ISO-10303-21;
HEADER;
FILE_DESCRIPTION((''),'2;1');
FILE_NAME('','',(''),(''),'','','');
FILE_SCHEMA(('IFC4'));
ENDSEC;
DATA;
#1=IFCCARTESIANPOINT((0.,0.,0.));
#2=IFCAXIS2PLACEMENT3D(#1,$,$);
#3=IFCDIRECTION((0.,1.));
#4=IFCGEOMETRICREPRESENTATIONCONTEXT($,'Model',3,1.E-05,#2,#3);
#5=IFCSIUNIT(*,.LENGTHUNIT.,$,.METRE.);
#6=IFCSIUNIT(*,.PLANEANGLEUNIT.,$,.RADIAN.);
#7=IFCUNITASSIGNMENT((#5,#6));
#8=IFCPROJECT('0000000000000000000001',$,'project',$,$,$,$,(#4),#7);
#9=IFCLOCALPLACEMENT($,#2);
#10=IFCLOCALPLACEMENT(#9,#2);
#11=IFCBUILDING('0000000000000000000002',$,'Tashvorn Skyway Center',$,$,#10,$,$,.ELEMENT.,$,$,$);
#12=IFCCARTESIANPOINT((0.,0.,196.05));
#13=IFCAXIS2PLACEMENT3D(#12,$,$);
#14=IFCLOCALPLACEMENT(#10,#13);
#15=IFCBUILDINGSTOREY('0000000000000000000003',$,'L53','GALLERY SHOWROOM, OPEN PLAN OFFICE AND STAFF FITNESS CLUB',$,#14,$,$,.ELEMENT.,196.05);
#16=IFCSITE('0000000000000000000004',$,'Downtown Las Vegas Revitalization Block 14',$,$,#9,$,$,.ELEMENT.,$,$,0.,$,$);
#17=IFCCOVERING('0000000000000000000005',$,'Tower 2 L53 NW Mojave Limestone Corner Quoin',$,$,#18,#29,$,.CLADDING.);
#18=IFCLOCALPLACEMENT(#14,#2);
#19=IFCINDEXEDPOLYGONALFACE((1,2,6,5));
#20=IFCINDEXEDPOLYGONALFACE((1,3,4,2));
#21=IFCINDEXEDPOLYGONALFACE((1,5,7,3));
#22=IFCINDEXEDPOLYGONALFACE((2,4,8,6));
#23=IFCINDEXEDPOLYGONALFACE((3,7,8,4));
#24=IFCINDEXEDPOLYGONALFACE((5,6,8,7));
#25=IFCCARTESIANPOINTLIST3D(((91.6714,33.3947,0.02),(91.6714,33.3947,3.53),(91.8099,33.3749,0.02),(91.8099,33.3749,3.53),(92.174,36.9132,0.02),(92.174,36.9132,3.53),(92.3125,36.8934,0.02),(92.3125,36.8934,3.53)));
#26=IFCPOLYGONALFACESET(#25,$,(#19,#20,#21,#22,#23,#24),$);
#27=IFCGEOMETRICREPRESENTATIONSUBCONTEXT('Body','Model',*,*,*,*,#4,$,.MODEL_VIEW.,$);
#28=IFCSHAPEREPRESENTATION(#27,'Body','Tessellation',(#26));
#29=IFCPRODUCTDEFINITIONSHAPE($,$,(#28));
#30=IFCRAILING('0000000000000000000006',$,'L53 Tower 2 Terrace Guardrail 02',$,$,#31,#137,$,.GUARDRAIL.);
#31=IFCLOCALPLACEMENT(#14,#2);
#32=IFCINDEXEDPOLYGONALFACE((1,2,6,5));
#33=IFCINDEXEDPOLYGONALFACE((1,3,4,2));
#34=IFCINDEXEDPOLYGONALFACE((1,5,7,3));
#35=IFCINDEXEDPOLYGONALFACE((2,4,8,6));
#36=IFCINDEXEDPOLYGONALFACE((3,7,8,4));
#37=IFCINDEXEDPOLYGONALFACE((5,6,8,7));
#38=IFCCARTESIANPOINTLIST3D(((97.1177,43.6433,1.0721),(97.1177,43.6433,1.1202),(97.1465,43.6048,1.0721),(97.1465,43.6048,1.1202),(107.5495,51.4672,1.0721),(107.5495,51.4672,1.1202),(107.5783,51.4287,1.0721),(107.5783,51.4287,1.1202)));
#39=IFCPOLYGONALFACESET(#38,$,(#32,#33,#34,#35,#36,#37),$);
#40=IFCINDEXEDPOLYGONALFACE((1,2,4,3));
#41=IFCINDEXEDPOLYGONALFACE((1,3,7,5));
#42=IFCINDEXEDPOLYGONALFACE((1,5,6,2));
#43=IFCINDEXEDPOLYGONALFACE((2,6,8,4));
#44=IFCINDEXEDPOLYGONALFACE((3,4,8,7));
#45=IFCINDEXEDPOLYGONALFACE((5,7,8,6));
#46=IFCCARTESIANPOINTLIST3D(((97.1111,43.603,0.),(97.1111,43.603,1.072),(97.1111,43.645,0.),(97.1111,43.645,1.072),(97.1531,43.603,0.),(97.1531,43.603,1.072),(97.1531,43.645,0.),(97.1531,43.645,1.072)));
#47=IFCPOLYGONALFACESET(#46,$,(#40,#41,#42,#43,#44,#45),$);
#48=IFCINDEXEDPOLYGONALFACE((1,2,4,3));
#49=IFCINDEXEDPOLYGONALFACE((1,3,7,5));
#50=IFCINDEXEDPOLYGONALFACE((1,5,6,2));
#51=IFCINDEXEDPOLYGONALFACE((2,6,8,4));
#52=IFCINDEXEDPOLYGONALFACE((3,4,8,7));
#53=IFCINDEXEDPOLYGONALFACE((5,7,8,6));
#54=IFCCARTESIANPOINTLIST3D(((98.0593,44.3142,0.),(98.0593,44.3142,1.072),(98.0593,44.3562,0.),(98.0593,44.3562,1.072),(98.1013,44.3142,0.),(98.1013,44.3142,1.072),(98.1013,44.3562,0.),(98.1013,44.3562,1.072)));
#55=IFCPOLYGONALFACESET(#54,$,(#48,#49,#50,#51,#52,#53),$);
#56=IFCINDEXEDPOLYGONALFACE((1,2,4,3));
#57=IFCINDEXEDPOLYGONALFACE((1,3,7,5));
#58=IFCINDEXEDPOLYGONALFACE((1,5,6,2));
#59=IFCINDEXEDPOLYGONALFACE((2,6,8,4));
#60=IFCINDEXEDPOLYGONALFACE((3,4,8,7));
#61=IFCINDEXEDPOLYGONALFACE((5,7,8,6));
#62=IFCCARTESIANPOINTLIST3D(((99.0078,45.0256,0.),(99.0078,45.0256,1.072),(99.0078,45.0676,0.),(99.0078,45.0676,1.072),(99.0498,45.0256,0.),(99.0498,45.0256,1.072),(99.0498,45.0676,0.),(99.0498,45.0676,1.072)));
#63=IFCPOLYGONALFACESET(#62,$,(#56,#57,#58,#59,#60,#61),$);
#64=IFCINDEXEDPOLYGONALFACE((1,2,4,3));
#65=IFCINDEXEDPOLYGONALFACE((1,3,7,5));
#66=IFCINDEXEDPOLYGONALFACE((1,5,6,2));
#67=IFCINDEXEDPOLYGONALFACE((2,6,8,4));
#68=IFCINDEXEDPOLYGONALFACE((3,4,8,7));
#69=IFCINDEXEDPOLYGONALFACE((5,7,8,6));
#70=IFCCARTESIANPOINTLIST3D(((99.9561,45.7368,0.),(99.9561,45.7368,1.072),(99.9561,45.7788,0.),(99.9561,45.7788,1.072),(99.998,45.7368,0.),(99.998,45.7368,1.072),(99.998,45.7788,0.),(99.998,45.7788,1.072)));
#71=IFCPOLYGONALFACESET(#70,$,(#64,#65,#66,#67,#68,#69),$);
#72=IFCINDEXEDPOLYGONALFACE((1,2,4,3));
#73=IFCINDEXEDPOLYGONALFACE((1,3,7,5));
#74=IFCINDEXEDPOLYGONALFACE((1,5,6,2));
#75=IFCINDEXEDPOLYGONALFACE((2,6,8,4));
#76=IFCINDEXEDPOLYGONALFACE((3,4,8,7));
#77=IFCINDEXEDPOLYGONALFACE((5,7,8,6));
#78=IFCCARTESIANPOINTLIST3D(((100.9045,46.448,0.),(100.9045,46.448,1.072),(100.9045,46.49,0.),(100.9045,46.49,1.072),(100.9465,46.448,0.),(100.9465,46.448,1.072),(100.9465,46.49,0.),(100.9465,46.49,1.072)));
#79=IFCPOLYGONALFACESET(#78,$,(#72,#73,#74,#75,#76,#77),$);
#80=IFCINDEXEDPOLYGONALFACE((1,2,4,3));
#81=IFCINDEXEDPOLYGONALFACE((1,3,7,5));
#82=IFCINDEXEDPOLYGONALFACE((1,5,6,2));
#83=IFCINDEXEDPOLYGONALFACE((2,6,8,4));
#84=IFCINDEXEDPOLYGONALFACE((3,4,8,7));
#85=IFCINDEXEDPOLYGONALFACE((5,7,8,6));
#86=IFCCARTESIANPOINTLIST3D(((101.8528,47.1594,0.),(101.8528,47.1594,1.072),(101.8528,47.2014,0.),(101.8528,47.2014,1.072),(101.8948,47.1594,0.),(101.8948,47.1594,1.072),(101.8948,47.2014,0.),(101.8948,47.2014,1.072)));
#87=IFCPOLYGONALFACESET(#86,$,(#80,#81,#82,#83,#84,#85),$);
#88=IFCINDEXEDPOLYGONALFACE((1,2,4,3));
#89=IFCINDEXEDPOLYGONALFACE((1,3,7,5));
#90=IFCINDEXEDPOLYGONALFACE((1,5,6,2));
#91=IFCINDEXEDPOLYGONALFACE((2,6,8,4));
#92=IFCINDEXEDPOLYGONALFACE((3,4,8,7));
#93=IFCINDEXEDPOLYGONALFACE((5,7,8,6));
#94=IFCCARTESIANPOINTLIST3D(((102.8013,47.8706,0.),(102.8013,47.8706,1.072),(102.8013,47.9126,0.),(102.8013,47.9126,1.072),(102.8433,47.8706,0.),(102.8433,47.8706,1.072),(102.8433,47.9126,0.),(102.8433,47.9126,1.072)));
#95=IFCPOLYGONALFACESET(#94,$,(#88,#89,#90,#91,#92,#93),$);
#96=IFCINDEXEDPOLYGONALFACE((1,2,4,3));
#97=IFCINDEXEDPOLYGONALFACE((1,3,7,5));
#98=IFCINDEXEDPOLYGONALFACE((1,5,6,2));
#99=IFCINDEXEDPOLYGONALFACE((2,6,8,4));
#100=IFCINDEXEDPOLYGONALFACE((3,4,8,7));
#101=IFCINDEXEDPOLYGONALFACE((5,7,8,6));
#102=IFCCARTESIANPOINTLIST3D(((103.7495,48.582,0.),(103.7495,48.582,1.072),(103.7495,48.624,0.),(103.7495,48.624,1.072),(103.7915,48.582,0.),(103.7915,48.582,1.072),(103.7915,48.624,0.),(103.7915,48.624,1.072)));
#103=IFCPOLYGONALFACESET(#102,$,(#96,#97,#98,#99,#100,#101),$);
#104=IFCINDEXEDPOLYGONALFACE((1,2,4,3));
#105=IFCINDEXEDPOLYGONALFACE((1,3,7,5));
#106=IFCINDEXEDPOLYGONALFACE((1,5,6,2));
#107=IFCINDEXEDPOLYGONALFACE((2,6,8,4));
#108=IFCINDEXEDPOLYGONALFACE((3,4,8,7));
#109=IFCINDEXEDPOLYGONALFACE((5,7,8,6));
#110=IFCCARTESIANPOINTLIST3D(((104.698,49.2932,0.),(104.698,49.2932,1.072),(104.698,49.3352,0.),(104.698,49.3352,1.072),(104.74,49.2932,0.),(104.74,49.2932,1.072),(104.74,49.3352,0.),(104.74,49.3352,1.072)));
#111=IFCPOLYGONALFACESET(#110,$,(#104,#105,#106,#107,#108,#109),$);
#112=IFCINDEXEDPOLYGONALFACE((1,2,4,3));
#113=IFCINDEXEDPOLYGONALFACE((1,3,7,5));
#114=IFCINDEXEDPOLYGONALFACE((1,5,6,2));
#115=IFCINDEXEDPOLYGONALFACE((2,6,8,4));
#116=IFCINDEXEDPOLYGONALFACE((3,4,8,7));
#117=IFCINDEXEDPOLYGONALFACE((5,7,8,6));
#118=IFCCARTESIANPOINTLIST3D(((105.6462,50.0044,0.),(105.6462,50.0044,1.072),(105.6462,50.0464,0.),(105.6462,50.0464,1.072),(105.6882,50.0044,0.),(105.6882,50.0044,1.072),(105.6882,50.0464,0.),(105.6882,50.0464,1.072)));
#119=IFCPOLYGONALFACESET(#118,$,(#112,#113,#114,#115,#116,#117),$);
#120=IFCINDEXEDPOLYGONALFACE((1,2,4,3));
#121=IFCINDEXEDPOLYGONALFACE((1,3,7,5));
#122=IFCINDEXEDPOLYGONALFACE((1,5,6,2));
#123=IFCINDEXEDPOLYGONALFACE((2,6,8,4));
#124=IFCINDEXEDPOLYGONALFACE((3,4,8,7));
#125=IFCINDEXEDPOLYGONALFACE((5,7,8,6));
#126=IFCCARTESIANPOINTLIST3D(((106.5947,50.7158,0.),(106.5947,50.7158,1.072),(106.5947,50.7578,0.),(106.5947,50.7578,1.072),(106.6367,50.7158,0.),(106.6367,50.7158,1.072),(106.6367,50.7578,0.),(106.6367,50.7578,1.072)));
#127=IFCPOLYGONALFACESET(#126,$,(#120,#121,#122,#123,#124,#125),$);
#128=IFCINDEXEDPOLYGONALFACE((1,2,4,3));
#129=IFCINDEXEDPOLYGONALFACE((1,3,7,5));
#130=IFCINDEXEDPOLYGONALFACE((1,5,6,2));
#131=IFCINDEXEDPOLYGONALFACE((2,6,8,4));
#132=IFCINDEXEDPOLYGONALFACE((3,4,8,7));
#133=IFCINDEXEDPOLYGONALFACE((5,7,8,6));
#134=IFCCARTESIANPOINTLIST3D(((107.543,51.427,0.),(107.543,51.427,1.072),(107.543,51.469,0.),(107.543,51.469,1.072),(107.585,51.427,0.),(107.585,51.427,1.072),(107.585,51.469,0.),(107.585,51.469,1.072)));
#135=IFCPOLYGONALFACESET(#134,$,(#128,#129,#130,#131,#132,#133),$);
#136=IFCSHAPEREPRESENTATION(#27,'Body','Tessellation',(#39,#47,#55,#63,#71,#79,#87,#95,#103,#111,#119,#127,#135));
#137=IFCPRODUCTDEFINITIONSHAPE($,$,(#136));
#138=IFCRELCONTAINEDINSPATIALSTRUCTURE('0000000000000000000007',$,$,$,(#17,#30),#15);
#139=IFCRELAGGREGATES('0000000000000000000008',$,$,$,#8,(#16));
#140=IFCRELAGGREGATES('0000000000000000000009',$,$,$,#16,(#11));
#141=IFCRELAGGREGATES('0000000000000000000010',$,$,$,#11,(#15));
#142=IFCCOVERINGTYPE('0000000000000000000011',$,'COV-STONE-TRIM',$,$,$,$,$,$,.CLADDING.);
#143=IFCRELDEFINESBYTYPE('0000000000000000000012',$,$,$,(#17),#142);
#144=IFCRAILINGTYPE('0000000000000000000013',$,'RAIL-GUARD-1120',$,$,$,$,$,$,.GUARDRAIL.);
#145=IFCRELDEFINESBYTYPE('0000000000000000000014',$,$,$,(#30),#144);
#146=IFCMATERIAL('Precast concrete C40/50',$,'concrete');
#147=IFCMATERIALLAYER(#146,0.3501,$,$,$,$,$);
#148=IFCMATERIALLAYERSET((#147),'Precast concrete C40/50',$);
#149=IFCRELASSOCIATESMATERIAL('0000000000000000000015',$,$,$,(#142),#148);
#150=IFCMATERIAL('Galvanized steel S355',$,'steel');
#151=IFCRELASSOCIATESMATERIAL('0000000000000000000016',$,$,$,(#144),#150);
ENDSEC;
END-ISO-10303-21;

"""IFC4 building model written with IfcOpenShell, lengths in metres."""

from ifc_helpers import new_model, si_unit, direction, frame, origin, origin_2d, place, context, subcontext, project, spatial, rectangle, extrude, material, layer, layer_set, type_object, element, save


model = new_model("IFC4")

# Units and contexts
model_context = context("Model", 3, precision=1e-05, world=origin(), true_north=direction((0.0, 1.0)))
body_context = subcontext(model_context, "Body", "Model", "MODEL_VIEW")
ifc_project = project(units=[si_unit("LENGTHUNIT", "METRE"), si_unit("PLANEANGLEUNIT", "RADIAN")], contexts=[model_context])

# Site, building, storey
site_placement = place(None, origin())
site = spatial("IfcSite", under=ifc_project, at=site_placement, Name="Downtown Las Vegas Revitalization Block 14", CompositionType="ELEMENT", RefElevation=0.0)
building_placement = place(site_placement, origin())
building = spatial("IfcBuilding", under=site, at=building_placement, Name="Tashvorn Skyway Center", CompositionType="ELEMENT")
storey_placement = place(building_placement, frame((0.0, 0.0, 196.05)))
storey = spatial("IfcBuildingStorey", under=building, at=storey_placement, Name="L53", Description="GALLERY SHOWROOM, OPEN PLAN OFFICE AND STAFF FITNESS CLUB", CompositionType="ELEMENT", Elevation=196.05)

# Shared definitions
ifc_material_1 = material(Name="Precast concrete C40/50", Category="concrete")

# Covering
ifc_layer_1 = layer(ifc_material_1, 0.3501)
ifc_layer_set_1 = layer_set([ifc_layer_1], Name="Precast concrete C40/50")
covering_type_1 = type_object("IfcCoveringType", Name="COV-STONE-TRIM", PredefinedType="CLADDING", material=ifc_layer_set_1)
covering_1_placement = place(storey_placement, frame((91.9919, 35.144, 0.02), z_axis=(0.0, 0.0, 1.0), x_axis=(-0.141421, -0.989949, 0.0)))
element("IfcCovering", 1, at=covering_1_placement, inside=storey, type_object=covering_type_1, Name="Tower 2 L53 NW Mojave Limestone Corner Quoin", PredefinedType="CLADDING", context=body_context, shape_type="SweptSolid", body=[
    extrude(rectangle(XDim=3.5542, YDim=0.1399, at=origin_2d()), origin(), (0.0, 0.0, 1.0), 3.51),
])

# Railing
ifc_material_2 = material(Name="Galvanized steel S355", Category="steel")
railing_type = type_object("IfcRailingType", Name="RAIL-GUARD-1120", PredefinedType="GUARDRAIL", material=ifc_material_2)
railing_placement = place(storey_placement, frame((97.1321, 43.624, 0.0)))
element("IfcRailing", 2, at=railing_placement, inside=storey, type_object=railing_type, Name="L53 Tower 2 Terrace Guardrail 02", PredefinedType="GUARDRAIL", context=body_context, shape_type="SweptSolid", body=[
    extrude(rectangle(XDim=0.0481, YDim=0.0481, at=origin_2d()), frame((0.0, 0.0, 1.0962), z_axis=(0.799998, 0.600003, 0.0), x_axis=(-0.600003, 0.799998, 0.0)), (0.0, 0.0, 1.0), 13.0398),
    extrude(rectangle(XDim=0.042, YDim=0.042, at=origin_2d()), origin(), (0.0, 0.0, 1.0), 1.072),
    extrude(rectangle(XDim=0.042, YDim=0.042, at=origin_2d()), frame((0.9482, 0.7112, 0.0)), (0.0, 0.0, 1.0), 1.072),
    extrude(rectangle(XDim=0.042, YDim=0.042, at=origin_2d()), frame((1.8967, 1.4226, 0.0)), (0.0, 0.0, 1.0), 1.072),
    extrude(rectangle(XDim=0.042, YDim=0.042, at=origin_2d()), frame((2.845, 2.1338, 0.0)), (0.0, 0.0, 1.0), 1.072),
    extrude(rectangle(XDim=0.042, YDim=0.042, at=origin_2d()), frame((3.7935, 2.845, 0.0)), (0.0, 0.0, 1.0), 1.072),
    extrude(rectangle(XDim=0.042, YDim=0.042, at=origin_2d()), frame((4.7417, 3.5564, 0.0)), (0.0, 0.0, 1.0), 1.072),
    extrude(rectangle(XDim=0.042, YDim=0.042, at=origin_2d()), frame((5.6902, 4.2676, 0.0)), (0.0, 0.0, 1.0), 1.072),
    extrude(rectangle(XDim=0.042, YDim=0.042, at=origin_2d()), frame((6.6384, 4.979, 0.0)), (0.0, 0.0, 1.0), 1.072),
    extrude(rectangle(XDim=0.042, YDim=0.042, at=origin_2d()), frame((7.5869, 5.6902, 0.0)), (0.0, 0.0, 1.0), 1.072),
    extrude(rectangle(XDim=0.042, YDim=0.042, at=origin_2d()), frame((8.5352, 6.4014, 0.0)), (0.0, 0.0, 1.0), 1.072),
    extrude(rectangle(XDim=0.042, YDim=0.042, at=origin_2d()), frame((9.4836, 7.1128, 0.0)), (0.0, 0.0, 1.0), 1.072),
    extrude(rectangle(XDim=0.042, YDim=0.042, at=origin_2d()), frame((10.4319, 7.824, 0.0)), (0.0, 0.0, 1.0), 1.072),
])

save(model, "model.ifc")
